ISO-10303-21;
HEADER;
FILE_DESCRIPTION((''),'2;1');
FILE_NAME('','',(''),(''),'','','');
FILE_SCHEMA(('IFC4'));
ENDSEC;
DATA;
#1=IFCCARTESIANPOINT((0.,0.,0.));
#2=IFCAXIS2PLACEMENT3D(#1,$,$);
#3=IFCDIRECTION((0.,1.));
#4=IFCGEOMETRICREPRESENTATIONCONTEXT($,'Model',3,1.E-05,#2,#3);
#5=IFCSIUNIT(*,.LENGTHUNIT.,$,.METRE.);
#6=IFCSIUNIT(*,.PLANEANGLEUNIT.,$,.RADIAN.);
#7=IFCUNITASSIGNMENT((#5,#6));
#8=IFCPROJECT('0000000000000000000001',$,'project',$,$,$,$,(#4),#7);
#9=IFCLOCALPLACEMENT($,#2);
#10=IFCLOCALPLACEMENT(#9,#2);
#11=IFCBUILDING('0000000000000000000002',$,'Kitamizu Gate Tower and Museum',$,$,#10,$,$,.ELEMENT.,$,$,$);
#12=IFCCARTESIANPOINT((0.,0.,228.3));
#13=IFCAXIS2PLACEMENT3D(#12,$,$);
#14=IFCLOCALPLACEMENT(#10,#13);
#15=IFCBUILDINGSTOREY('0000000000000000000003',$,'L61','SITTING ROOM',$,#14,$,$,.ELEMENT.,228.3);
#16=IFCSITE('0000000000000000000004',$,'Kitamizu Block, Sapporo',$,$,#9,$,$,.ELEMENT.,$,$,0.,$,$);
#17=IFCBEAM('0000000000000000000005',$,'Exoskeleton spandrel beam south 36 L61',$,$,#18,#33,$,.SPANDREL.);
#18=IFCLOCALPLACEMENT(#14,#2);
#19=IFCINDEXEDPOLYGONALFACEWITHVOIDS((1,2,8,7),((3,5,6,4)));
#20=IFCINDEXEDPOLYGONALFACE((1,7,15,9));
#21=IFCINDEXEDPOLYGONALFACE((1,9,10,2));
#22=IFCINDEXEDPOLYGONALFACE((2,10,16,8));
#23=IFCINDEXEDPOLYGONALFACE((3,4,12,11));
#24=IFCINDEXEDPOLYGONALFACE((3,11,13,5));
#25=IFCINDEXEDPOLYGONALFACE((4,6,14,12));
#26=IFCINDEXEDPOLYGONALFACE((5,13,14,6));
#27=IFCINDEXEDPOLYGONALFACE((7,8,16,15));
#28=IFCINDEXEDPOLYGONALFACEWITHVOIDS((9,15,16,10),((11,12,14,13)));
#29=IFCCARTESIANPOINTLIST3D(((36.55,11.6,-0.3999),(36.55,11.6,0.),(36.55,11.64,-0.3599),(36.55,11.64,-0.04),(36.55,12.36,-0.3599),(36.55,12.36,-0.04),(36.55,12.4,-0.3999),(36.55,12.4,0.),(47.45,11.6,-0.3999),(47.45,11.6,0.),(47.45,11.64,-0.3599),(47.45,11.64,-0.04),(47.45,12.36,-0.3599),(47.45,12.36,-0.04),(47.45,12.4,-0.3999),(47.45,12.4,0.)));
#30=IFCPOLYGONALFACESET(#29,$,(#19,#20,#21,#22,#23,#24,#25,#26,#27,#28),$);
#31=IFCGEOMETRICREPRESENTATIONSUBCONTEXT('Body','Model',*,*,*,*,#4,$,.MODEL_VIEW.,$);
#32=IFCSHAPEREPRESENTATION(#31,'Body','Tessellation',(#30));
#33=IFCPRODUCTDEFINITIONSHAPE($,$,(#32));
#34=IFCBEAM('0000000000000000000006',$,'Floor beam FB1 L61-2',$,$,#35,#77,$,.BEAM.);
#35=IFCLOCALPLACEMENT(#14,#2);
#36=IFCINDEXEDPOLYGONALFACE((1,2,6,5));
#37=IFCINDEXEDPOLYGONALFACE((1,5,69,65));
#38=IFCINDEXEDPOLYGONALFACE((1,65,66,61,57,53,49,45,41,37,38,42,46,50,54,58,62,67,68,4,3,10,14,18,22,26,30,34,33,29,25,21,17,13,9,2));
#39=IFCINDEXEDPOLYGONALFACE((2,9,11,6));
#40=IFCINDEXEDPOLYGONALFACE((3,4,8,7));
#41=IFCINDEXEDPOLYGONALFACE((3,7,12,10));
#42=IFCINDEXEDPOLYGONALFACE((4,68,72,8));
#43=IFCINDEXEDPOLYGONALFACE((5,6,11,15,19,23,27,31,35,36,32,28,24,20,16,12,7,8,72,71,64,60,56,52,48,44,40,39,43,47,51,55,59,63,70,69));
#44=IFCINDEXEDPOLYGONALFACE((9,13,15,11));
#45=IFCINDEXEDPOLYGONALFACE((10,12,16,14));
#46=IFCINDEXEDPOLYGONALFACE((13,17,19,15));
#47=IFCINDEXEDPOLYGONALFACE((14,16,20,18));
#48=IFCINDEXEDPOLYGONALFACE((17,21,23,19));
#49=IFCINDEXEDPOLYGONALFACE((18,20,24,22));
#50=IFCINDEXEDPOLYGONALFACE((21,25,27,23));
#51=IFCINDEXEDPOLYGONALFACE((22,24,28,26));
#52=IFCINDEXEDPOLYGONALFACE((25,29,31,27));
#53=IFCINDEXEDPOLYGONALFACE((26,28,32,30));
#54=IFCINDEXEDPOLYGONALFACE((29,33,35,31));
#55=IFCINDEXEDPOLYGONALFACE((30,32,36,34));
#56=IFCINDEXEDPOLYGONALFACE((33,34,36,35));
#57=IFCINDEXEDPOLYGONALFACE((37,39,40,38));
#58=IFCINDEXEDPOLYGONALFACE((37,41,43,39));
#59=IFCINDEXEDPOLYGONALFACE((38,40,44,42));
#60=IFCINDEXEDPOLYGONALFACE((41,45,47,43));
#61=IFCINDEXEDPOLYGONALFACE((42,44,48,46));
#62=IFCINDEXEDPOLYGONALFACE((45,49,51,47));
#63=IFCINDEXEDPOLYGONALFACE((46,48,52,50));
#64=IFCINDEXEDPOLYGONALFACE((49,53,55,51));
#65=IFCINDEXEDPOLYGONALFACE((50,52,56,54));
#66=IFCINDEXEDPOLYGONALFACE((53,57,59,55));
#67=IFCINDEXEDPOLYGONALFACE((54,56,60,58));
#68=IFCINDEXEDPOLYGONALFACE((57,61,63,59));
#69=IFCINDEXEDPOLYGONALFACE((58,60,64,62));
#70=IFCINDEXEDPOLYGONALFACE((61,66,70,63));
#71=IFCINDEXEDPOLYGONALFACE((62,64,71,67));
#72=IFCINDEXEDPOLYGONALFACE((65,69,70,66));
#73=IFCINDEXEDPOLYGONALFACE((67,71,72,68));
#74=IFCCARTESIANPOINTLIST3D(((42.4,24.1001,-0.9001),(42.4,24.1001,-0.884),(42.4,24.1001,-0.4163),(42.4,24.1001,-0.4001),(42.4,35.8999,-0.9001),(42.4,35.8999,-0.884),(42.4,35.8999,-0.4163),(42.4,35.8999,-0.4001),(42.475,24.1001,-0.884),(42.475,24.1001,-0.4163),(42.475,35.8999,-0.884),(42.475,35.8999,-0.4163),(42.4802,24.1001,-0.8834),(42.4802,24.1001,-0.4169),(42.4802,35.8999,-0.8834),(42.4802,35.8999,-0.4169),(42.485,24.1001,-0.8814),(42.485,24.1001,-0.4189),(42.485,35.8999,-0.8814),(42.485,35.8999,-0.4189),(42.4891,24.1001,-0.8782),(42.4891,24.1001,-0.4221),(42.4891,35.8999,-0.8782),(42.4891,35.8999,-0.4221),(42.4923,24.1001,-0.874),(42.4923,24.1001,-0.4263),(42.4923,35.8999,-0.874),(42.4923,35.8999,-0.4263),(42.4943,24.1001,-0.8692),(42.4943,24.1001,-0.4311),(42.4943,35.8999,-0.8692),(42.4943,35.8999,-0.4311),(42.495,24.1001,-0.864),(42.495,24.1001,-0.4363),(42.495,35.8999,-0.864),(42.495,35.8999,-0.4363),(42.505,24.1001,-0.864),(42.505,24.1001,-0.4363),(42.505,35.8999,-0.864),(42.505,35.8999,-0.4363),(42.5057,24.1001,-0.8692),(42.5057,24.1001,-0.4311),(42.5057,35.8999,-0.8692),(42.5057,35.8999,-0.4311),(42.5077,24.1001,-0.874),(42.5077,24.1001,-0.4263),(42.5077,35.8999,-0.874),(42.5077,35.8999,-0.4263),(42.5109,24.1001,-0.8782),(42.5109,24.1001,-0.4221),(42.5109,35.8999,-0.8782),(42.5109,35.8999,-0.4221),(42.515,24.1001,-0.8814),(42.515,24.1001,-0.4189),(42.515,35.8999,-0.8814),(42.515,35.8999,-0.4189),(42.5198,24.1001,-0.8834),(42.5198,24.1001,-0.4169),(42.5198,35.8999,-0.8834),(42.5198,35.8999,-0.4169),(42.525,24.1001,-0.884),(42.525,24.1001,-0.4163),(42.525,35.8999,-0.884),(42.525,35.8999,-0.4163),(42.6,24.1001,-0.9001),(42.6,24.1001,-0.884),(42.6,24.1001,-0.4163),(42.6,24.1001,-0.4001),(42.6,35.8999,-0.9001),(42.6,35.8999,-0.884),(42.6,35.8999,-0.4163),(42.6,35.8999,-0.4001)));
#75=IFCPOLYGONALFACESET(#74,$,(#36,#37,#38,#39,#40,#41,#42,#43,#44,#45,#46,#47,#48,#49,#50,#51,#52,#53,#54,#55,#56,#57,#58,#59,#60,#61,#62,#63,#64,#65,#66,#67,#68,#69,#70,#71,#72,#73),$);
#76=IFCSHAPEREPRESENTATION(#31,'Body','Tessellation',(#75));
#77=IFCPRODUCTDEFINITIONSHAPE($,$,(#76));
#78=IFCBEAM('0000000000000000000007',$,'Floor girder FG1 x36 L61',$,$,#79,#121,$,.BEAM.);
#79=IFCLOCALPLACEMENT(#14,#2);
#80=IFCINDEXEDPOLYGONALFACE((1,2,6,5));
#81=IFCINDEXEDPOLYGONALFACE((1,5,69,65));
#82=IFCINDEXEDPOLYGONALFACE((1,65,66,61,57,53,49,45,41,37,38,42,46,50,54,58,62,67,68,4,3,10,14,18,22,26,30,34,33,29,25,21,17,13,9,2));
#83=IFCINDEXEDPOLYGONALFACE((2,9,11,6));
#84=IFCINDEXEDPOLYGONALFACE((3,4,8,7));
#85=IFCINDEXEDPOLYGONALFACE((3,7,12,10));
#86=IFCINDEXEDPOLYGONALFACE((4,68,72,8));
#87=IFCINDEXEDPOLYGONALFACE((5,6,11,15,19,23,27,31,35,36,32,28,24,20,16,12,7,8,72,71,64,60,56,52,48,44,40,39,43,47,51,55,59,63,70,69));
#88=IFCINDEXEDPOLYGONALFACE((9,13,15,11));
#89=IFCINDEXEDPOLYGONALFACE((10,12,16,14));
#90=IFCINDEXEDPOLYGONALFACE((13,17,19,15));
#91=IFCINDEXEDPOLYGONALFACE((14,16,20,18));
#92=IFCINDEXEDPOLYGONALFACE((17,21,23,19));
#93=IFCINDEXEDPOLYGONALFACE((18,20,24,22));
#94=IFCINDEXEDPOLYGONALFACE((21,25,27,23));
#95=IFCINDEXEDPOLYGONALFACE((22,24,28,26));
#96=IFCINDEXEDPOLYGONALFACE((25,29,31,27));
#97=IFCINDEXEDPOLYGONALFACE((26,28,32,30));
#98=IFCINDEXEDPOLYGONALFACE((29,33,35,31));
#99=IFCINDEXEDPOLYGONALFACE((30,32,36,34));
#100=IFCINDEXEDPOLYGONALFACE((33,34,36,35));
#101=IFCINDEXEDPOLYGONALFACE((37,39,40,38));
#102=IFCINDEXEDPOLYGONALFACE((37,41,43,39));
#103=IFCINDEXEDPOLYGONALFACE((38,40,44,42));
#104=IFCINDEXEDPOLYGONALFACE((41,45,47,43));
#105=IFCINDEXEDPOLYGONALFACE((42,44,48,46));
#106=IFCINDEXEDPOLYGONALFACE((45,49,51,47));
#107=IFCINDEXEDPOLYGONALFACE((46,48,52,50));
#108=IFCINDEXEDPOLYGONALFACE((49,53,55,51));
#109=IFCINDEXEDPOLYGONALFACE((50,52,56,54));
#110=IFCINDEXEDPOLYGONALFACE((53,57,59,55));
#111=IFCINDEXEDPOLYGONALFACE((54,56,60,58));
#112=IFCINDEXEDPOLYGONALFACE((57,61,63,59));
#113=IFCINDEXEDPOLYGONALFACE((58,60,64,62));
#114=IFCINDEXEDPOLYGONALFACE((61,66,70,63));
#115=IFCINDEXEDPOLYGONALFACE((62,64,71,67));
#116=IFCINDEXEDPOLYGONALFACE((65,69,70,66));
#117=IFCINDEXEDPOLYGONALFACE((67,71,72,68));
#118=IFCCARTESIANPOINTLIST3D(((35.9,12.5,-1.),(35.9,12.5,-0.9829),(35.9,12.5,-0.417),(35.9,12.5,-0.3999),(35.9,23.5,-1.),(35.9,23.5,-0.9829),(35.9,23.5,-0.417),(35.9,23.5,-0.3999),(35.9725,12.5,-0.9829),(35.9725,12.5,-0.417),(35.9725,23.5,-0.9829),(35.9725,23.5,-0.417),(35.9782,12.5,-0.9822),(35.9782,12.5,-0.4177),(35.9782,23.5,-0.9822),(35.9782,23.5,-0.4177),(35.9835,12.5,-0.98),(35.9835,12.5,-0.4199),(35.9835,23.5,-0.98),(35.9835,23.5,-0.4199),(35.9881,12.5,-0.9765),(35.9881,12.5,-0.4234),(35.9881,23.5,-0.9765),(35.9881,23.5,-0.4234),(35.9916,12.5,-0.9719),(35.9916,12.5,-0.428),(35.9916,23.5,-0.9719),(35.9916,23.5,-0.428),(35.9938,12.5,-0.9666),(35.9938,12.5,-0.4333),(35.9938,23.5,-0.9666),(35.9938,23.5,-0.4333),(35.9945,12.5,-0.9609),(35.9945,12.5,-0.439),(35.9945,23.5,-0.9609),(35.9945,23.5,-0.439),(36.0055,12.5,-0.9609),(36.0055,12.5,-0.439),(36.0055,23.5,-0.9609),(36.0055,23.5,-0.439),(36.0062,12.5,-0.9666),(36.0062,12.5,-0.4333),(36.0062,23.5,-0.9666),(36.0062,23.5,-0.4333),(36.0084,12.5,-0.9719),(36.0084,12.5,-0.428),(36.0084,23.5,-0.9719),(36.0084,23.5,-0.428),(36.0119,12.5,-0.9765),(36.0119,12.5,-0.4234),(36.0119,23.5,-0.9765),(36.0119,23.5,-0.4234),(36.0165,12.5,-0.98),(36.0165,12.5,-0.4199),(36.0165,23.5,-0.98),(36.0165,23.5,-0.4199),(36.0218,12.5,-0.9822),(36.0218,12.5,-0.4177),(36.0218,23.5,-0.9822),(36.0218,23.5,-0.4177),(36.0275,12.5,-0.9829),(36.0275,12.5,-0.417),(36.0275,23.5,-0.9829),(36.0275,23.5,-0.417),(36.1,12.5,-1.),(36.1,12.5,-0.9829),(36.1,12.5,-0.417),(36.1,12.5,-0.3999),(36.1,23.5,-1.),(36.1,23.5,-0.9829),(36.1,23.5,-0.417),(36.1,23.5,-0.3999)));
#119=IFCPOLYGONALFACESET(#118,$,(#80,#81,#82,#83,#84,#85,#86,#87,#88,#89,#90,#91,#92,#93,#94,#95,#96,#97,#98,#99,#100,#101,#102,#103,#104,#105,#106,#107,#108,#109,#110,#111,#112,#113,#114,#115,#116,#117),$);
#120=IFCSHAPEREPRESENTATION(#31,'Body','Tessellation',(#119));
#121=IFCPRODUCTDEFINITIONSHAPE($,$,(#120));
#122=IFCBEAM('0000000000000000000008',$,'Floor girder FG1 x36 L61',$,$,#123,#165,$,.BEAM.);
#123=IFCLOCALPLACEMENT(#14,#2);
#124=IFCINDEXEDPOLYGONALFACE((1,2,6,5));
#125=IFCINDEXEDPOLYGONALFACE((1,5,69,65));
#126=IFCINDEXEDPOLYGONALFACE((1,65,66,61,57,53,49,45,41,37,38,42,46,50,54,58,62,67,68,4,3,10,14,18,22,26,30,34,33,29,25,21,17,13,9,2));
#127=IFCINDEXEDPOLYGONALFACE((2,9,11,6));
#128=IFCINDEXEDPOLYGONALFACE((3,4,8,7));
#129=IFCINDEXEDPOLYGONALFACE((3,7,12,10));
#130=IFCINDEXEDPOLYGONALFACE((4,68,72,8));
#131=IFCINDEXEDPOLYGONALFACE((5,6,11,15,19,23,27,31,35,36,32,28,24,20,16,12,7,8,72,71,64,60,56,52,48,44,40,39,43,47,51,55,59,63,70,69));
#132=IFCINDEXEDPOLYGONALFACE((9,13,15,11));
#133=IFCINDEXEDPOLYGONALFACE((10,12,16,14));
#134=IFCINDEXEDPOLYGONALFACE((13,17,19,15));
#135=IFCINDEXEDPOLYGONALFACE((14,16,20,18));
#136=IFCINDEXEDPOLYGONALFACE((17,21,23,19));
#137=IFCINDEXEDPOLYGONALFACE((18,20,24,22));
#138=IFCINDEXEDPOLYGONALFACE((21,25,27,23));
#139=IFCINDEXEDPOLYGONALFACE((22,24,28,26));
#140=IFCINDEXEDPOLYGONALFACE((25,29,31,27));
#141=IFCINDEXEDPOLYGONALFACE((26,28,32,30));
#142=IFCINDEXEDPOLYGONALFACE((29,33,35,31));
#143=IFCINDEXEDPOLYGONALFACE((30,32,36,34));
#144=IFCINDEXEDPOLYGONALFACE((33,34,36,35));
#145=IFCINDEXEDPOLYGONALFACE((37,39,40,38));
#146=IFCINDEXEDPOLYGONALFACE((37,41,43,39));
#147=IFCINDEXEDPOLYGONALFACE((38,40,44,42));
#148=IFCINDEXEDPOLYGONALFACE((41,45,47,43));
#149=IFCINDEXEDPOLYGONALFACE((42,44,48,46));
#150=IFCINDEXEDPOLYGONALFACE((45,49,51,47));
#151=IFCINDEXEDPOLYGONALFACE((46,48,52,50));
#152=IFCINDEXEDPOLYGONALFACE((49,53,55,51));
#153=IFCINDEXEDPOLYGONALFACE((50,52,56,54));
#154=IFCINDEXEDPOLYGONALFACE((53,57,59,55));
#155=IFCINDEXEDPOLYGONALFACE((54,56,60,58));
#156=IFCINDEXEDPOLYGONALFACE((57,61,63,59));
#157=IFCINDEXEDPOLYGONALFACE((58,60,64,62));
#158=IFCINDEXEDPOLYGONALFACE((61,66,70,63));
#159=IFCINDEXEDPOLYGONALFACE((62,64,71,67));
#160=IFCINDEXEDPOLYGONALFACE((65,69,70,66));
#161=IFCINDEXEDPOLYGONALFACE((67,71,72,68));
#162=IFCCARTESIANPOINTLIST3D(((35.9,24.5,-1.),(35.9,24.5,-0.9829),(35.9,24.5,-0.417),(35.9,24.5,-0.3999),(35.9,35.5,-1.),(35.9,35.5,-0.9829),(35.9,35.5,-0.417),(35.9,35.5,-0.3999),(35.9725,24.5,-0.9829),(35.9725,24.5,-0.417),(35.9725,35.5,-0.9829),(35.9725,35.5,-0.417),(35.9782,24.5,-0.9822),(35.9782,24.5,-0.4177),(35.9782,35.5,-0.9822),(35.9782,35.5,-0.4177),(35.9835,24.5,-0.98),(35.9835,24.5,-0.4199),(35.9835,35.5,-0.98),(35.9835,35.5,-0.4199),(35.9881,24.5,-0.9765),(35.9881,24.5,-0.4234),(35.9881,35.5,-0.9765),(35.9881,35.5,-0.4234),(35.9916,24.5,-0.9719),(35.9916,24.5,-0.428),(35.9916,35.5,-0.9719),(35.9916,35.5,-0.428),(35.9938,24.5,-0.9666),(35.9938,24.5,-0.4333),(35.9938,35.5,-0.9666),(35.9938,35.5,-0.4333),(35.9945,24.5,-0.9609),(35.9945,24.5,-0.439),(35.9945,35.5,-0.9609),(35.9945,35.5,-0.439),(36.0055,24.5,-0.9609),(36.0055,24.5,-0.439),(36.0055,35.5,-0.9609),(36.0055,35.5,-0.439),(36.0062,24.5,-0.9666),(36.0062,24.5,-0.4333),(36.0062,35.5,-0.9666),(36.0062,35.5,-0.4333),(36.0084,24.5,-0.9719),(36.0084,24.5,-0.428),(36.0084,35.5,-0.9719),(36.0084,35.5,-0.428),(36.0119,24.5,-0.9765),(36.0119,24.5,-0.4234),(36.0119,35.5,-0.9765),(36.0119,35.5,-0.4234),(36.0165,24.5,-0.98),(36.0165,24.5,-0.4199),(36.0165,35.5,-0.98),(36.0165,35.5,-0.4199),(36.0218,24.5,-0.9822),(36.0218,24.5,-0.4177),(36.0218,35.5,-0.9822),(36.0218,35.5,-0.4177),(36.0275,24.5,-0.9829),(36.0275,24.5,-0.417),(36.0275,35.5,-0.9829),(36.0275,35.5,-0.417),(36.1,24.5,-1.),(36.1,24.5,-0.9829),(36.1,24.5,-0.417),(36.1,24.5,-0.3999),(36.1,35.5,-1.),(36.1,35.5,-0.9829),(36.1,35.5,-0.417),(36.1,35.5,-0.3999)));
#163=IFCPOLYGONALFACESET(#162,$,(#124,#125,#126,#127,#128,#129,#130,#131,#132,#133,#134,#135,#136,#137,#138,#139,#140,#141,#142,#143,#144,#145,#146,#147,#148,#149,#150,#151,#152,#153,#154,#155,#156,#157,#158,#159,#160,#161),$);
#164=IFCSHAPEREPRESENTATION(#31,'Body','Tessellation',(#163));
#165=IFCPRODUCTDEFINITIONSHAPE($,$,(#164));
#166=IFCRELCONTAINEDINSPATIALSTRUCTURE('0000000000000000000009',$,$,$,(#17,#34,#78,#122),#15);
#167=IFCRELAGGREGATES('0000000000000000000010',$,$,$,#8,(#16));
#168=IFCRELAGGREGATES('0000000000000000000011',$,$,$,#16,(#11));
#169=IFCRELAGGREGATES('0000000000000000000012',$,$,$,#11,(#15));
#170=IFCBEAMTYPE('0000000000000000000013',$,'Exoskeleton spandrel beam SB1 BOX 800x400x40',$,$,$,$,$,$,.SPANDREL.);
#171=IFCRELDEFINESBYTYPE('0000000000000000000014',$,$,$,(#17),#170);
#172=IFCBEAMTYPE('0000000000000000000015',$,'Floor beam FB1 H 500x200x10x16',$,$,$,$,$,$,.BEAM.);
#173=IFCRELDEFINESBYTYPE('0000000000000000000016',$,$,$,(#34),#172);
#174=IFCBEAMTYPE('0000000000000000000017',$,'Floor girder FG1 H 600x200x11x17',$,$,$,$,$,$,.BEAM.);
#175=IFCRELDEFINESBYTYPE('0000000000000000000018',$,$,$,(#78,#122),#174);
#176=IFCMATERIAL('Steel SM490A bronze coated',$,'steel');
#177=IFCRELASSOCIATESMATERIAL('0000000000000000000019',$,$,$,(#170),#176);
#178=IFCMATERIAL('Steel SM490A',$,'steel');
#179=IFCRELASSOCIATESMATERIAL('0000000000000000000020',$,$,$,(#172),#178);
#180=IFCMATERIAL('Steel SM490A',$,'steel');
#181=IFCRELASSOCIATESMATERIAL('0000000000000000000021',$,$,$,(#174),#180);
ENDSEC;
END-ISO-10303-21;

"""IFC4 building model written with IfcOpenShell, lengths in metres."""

from ifc_helpers import new_model, si_unit, direction, frame, origin, origin_2d, place, context, subcontext, project, spatial, hollow_rectangle, i_section, extrude, material, material_profile, profile_set, type_object, element, save


model = new_model("IFC4")

# Units and contexts
model_context = context("Model", 3, precision=1e-05, world=origin(), true_north=direction((0.0, 1.0)))
body_context = subcontext(model_context, "Body", "Model", "MODEL_VIEW")
ifc_project = project(units=[si_unit("LENGTHUNIT", "METRE"), si_unit("PLANEANGLEUNIT", "RADIAN")], contexts=[model_context])

# Site, building, storey
site_placement = place(None, origin())
site = spatial("IfcSite", under=ifc_project, at=site_placement, Name="Kitamizu Block, Sapporo", CompositionType="ELEMENT", RefElevation=0.0)
building_placement = place(site_placement, origin())
building = spatial("IfcBuilding", under=site, at=building_placement, Name="Kitamizu Gate Tower and Museum", CompositionType="ELEMENT")
storey_placement = place(building_placement, frame((0.0, 0.0, 228.3)))
storey = spatial("IfcBuildingStorey", under=building, at=storey_placement, Name="L61", Description="SITTING ROOM", CompositionType="ELEMENT", Elevation=228.3)

# Beams
ifc_material_1 = material(Name="Steel SM490A bronze coated", Category="steel")
ifc_material_profile_1 = material_profile(ifc_material_1, hollow_rectangle(XDim=0.8, YDim=0.3999, WallThickness=0.04, at=origin_2d()), Name="BOX 800x400x40")
ifc_profile_set_1 = profile_set([ifc_material_profile_1], Name="Steel SM490A bronze coated")
beam_type_1 = type_object("IfcBeamType", Name="Exoskeleton spandrel beam SB1 BOX 800x400x40", PredefinedType="SPANDREL", material=ifc_profile_set_1)
beam_1_placement = place(storey_placement, frame((36.55, 12.0, -0.2), z_axis=(1.0, 0.0, 0.0), x_axis=(0.0, 1.0, 0.0)))
element("IfcBeam", 1, at=beam_1_placement, inside=storey, type_object=beam_type_1, Name="Exoskeleton spandrel beam south 36 L61", PredefinedType="SPANDREL", context=body_context, shape_type="SweptSolid", body=[
    extrude(hollow_rectangle(XDim=0.8, YDim=0.3999, WallThickness=0.04, at=origin_2d()), origin(), (0.0, 0.0, 1.0), 10.8999),
])
ifc_material_2 = material(Name="Steel SM490A", Category="steel")
ifc_material_profile_2 = material_profile(ifc_material_2, i_section(OverallWidth=0.2, OverallDepth=0.5, WebThickness=0.01, FlangeThickness=0.0161, FilletRadius=0.02, at=origin_2d()), Name="H-500x200x10x16")
ifc_profile_set_2 = profile_set([ifc_material_profile_2], Name="Steel SM490A")
beam_type_2 = type_object("IfcBeamType", Name="Floor beam FB1 H 500x200x10x16", PredefinedType="BEAM", material=ifc_profile_set_2)
beam_2_placement = place(storey_placement, frame((42.5, 24.1001, -0.6501), z_axis=(0.0, 1.0, 0.0), x_axis=(-1.0, 0.0, 0.0)))
element("IfcBeam", 2, at=beam_2_placement, inside=storey, type_object=beam_type_2, Name="Floor beam FB1 L61-2", PredefinedType="BEAM", context=body_context, shape_type="SweptSolid", body=[
    extrude(i_section(OverallWidth=0.2, OverallDepth=0.5, WebThickness=0.01, FlangeThickness=0.0161, FilletRadius=0.02, at=origin_2d()), origin(), (0.0, 0.0, 1.0), 11.7998),
])
ifc_material_3 = material(Name="Steel SM490A", Category="steel")
ifc_material_profile_3 = material_profile(ifc_material_3, i_section(OverallWidth=0.2, OverallDepth=0.6001, WebThickness=0.011, FlangeThickness=0.0171, FilletRadius=0.022, at=origin_2d()), Name="H-600x200x11x17")
ifc_profile_set_3 = profile_set([ifc_material_profile_3], Name="Steel SM490A")
beam_type_3 = type_object("IfcBeamType", Name="Floor girder FG1 H 600x200x11x17", PredefinedType="BEAM", material=ifc_profile_set_3)
for number, where, z_axis, x_axis, name in (
    (3, (36.0, 12.5, -0.7), (0.0, 1.0, 0.0), (-1.0, 0.0, 0.0), "Floor girder FG1 x36 L61"),
    (4, (36.0, 24.5, -0.7), (0.0, 1.0, 0.0), (-1.0, 0.0, 0.0), "Floor girder FG1 x36 L61"),
):
    element("IfcBeam", number, at=place(storey_placement, frame(where, z_axis=z_axis, x_axis=x_axis)), inside=storey, type_object=beam_type_3, Name=name, PredefinedType="BEAM", context=body_context, shape_type="SweptSolid", body=[
        extrude(i_section(OverallWidth=0.2, OverallDepth=0.6001, WebThickness=0.011, FlangeThickness=0.0171, FilletRadius=0.022, at=origin_2d()), origin(), (0.0, 0.0, 1.0), 11.0),
    ])

save(model, "model.ifc")
